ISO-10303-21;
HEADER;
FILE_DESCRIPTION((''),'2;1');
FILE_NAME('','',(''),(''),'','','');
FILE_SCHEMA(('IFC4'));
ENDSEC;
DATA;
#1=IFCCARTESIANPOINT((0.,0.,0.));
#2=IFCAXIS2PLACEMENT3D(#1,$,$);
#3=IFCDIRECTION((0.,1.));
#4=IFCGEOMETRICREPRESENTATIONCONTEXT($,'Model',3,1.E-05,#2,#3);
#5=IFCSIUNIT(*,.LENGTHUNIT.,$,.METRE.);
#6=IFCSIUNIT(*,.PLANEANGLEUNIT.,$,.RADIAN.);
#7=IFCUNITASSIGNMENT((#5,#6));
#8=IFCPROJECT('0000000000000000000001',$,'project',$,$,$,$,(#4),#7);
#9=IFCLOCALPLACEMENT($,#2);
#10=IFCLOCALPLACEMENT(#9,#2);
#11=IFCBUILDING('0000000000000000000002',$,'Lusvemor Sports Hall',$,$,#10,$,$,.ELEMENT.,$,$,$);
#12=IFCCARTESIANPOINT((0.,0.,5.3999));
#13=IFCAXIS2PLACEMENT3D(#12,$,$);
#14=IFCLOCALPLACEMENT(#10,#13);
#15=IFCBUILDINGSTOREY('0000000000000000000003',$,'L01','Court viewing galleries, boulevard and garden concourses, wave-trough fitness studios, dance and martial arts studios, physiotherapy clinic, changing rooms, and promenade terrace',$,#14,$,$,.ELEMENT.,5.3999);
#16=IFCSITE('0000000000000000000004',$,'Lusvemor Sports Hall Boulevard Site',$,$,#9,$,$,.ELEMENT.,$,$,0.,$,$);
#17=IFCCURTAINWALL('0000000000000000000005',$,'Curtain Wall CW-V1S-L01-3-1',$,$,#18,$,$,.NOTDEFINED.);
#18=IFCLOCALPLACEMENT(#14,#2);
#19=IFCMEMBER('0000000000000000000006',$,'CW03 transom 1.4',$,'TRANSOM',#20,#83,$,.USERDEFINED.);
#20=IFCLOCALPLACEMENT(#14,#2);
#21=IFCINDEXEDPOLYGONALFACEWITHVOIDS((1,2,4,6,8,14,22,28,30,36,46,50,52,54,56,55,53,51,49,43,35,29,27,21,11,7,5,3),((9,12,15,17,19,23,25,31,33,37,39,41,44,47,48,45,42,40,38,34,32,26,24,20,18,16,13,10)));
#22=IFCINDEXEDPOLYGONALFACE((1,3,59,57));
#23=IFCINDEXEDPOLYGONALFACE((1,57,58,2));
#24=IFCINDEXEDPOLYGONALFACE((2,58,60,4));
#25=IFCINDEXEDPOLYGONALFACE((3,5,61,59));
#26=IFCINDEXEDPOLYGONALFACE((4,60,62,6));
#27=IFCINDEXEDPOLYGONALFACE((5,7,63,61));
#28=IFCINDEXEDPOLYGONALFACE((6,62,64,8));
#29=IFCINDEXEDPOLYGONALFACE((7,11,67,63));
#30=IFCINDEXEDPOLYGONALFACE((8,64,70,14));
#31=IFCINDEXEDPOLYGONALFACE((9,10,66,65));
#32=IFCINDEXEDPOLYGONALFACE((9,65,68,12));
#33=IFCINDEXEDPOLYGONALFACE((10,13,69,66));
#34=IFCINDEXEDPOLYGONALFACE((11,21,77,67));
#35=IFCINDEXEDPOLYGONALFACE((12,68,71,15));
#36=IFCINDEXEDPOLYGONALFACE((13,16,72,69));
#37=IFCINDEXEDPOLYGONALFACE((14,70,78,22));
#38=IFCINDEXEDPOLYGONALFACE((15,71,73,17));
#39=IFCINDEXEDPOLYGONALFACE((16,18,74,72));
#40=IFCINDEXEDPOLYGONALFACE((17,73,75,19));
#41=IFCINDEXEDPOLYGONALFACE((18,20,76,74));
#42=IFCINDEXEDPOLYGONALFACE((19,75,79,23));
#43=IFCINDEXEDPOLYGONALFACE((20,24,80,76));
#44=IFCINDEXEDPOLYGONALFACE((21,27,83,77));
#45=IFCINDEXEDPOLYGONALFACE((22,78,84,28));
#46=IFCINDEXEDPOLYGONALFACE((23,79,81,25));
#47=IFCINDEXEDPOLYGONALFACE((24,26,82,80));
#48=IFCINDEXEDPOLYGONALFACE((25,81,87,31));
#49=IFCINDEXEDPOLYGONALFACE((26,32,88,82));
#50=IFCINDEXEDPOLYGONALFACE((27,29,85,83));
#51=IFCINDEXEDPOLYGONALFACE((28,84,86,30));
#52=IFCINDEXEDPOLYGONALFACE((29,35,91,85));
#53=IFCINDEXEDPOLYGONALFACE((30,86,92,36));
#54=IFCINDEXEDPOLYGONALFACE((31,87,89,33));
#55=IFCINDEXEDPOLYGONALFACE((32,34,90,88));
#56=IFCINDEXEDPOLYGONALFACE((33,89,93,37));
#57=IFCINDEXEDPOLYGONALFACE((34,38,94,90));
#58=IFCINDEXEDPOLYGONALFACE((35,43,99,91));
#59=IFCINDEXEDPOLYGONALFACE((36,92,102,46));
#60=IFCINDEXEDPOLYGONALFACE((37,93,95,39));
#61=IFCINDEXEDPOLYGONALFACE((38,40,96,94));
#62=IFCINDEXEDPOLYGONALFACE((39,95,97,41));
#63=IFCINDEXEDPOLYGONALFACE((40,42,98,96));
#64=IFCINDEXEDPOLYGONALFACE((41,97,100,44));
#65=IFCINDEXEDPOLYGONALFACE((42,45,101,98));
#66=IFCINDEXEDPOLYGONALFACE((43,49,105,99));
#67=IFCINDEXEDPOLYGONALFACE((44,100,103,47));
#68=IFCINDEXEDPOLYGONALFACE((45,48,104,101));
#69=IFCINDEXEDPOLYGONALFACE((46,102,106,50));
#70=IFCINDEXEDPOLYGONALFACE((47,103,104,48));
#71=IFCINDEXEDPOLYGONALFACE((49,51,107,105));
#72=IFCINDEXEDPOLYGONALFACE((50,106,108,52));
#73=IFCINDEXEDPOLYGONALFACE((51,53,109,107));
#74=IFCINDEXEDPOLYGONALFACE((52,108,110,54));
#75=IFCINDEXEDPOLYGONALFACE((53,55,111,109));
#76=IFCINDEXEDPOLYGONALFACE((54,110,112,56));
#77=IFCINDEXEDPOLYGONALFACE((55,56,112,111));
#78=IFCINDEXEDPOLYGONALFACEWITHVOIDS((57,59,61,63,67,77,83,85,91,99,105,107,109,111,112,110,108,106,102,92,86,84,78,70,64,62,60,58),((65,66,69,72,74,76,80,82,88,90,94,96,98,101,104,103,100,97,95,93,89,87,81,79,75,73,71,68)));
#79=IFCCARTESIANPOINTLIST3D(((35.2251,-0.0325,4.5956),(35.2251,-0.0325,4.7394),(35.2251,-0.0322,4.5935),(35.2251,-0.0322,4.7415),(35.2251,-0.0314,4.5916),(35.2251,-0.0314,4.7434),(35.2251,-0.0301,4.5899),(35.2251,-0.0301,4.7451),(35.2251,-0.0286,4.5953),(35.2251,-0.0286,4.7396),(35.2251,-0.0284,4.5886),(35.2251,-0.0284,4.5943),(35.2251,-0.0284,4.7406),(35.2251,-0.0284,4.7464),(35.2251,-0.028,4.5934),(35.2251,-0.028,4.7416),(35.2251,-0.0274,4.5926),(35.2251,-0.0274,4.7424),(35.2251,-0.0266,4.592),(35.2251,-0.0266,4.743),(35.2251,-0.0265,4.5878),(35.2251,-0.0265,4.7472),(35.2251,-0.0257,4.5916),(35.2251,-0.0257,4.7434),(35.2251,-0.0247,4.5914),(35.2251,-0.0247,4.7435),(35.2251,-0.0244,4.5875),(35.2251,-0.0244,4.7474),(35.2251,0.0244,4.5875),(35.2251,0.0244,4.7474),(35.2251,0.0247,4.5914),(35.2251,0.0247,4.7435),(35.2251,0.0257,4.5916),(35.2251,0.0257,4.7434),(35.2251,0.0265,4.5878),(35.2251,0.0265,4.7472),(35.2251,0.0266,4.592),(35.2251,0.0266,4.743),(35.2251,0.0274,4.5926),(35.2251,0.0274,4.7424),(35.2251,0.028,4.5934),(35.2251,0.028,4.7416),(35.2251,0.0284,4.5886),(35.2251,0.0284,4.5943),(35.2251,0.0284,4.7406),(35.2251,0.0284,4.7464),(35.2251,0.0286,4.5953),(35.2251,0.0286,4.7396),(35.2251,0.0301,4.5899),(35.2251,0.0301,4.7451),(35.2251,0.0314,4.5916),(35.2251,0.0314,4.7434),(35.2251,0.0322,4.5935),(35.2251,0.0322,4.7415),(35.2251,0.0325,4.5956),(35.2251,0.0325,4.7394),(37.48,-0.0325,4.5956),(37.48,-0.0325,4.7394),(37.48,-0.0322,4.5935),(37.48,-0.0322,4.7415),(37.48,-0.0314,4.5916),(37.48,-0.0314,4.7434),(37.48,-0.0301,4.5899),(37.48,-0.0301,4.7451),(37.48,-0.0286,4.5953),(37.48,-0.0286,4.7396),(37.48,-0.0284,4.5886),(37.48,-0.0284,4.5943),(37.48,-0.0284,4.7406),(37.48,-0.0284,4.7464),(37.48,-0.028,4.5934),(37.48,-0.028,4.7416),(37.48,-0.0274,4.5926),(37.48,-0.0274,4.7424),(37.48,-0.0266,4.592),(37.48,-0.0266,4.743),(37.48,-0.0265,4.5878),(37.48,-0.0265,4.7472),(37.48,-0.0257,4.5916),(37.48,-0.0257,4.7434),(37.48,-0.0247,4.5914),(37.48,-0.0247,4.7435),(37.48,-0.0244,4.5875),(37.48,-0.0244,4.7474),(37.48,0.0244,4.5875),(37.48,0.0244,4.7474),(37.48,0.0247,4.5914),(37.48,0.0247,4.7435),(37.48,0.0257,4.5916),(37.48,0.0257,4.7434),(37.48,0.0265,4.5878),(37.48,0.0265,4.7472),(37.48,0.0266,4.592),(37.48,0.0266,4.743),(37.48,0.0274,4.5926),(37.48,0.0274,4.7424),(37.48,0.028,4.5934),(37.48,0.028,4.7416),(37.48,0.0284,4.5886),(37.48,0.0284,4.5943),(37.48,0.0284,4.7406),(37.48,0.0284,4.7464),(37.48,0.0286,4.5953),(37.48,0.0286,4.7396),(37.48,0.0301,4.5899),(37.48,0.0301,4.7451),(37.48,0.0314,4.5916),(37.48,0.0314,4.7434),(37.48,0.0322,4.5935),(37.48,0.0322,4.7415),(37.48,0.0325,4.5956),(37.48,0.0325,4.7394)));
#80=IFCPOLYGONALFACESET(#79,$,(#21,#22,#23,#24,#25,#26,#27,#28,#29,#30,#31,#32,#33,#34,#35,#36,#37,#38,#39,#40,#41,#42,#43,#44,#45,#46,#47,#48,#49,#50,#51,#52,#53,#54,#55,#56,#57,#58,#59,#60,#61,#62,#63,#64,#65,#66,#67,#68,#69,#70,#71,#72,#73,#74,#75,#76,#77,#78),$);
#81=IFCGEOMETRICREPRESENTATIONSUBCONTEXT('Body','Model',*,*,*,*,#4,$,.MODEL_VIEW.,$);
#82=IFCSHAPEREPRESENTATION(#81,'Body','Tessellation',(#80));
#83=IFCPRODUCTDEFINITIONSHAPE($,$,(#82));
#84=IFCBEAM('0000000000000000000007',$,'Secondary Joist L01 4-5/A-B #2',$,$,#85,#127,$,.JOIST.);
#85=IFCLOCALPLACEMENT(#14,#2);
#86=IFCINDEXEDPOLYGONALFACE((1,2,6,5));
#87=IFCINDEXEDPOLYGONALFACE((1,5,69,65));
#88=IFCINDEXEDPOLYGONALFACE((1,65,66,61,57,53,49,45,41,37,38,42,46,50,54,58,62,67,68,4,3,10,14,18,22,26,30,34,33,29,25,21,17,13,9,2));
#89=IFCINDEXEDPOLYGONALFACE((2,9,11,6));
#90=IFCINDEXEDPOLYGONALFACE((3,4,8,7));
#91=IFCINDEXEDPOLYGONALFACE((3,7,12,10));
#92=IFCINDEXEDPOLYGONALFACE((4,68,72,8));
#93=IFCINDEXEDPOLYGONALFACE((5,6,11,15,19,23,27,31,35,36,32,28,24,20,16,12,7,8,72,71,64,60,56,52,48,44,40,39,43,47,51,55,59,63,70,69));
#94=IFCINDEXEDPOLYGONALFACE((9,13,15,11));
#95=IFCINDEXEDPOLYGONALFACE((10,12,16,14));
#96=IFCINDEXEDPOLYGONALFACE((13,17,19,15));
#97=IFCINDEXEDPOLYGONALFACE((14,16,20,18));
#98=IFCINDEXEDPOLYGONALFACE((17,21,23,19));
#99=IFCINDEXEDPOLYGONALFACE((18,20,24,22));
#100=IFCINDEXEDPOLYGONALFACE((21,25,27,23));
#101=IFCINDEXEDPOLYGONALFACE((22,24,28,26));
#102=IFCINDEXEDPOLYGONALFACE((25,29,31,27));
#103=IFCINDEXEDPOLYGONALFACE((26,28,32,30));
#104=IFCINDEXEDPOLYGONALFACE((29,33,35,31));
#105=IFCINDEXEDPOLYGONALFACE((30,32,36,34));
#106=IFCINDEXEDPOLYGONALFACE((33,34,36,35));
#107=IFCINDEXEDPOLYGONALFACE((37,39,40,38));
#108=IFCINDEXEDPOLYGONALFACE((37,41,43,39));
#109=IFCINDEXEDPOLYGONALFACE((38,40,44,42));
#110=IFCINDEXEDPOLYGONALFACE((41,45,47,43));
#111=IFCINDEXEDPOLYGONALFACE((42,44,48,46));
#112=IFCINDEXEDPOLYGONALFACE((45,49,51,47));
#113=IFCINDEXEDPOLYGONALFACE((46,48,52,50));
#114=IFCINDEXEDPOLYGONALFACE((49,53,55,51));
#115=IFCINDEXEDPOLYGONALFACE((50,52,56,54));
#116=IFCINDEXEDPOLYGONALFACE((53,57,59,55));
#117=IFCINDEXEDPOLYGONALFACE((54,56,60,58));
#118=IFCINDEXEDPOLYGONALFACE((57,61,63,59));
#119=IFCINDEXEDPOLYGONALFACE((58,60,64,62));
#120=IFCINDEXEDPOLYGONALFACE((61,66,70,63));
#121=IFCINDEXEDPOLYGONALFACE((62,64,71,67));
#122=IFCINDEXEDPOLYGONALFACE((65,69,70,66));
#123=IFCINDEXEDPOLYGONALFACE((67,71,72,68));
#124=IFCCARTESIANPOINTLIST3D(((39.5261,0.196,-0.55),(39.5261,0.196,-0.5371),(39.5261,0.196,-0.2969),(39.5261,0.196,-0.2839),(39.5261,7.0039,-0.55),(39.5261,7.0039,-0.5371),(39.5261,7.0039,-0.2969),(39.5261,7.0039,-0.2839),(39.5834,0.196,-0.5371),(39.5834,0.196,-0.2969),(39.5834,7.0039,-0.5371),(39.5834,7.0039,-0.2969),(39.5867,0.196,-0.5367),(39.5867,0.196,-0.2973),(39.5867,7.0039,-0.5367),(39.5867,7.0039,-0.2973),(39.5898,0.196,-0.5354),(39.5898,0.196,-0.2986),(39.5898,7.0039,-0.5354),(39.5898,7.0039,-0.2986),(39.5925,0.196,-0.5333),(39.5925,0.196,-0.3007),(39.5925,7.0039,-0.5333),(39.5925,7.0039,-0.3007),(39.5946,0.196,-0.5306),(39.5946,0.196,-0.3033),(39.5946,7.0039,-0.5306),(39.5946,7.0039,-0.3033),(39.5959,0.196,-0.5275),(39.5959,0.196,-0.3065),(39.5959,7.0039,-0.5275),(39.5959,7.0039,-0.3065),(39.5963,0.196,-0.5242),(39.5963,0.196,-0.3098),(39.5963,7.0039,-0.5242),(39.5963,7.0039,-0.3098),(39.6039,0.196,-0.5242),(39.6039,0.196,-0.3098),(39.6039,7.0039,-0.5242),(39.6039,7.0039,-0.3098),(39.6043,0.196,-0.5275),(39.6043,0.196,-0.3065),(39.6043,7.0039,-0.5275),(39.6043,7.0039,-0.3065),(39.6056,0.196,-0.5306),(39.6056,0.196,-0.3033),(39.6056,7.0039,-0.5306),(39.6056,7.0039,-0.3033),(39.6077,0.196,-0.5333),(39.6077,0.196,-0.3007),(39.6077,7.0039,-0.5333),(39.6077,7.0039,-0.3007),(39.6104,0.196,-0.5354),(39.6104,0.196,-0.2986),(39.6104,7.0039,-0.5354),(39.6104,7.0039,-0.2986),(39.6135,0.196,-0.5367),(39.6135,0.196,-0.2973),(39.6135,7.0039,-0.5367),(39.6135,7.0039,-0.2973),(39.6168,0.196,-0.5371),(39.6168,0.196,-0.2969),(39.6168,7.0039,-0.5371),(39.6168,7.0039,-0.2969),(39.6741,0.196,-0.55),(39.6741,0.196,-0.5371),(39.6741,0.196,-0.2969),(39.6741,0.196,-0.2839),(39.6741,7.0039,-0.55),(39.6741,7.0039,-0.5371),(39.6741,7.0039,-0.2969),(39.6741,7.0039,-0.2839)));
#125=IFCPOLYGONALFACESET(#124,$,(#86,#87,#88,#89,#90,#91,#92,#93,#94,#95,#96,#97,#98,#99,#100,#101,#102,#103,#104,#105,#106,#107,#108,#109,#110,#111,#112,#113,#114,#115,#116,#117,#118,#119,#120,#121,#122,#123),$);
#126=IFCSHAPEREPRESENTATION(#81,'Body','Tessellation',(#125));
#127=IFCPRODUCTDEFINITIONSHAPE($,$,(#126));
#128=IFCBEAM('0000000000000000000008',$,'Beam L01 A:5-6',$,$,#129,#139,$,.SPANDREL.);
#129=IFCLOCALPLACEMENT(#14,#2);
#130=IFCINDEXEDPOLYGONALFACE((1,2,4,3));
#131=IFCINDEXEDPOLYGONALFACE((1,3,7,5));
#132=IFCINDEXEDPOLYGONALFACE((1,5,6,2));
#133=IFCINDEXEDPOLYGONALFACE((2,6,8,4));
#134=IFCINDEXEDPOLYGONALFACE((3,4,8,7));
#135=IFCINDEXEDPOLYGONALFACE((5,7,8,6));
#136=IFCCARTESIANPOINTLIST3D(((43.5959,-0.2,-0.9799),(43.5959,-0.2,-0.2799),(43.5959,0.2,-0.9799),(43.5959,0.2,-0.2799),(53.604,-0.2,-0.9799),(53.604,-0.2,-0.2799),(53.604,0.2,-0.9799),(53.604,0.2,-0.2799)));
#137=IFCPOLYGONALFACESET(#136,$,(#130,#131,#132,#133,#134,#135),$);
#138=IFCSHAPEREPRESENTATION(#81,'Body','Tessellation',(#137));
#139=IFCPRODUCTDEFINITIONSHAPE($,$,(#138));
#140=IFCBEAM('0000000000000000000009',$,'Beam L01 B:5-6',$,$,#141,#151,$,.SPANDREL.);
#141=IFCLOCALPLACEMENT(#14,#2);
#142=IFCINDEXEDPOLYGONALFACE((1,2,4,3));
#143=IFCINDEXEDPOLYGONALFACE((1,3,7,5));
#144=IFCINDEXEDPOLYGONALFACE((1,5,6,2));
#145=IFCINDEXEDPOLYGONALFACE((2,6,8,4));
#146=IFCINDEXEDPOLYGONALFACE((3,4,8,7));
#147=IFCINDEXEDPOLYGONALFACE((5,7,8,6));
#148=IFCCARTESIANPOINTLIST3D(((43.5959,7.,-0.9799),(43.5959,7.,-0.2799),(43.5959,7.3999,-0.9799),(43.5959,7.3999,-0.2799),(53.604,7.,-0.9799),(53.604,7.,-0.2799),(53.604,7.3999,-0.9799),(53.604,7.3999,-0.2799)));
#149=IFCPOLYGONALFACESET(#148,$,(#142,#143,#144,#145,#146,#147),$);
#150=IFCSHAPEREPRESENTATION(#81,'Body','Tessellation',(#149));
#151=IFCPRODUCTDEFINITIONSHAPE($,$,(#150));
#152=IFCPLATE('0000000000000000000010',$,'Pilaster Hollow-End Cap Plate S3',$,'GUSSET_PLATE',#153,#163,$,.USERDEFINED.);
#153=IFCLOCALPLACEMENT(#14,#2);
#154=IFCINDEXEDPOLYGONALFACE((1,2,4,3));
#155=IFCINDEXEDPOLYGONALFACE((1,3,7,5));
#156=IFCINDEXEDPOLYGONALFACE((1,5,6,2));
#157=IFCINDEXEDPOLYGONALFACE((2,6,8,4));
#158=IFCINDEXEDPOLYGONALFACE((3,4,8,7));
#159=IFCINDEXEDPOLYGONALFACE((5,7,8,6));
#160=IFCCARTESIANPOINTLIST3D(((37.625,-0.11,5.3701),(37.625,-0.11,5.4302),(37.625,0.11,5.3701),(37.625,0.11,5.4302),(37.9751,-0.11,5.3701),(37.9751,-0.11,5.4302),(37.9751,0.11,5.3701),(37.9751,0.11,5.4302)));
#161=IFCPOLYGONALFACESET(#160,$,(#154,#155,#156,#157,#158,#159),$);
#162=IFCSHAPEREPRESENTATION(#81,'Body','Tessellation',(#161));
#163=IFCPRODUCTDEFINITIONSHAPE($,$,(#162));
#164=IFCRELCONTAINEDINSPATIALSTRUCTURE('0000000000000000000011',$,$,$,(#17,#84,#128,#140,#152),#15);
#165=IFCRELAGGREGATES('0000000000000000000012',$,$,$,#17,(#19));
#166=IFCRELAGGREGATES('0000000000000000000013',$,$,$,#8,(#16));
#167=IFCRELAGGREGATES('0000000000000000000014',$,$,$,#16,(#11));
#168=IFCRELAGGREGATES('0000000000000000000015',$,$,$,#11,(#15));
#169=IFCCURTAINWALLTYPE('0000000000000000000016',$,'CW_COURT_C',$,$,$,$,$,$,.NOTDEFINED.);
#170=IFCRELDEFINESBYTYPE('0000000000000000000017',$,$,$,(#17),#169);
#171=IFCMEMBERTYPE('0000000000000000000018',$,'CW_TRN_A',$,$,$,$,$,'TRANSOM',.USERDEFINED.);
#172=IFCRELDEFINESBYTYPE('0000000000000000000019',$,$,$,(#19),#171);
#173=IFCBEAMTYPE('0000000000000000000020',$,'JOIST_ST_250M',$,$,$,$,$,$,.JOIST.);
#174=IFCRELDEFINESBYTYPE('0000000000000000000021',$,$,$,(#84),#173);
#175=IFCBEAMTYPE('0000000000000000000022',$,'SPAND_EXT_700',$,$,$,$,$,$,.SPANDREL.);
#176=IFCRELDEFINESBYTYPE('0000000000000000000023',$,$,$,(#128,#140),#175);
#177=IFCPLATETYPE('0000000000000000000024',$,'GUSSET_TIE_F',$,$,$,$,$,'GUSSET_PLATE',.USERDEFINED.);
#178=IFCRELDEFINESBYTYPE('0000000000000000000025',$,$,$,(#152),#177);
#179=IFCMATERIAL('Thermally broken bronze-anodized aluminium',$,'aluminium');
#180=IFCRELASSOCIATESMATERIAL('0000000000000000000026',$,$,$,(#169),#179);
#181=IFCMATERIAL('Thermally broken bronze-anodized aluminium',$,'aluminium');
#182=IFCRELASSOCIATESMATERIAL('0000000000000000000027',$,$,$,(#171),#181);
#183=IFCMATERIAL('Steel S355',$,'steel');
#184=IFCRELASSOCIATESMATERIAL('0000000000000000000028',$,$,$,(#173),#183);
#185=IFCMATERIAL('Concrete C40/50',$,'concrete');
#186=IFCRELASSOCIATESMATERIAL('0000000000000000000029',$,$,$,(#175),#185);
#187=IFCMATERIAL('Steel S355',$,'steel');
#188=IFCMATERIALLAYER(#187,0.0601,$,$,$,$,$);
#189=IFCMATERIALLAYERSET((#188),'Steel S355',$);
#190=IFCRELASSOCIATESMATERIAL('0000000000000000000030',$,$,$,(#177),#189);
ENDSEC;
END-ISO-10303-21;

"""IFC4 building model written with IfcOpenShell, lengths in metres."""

from ifc_helpers import new_model, si_unit, direction, frame, origin, origin_2d, place, context, subcontext, project, spatial, rectangle, hollow_rectangle, i_section, extrude, material, layer, layer_set, material_profile, profile_set, type_object, element, aggregate, save


model = new_model("IFC4")

# Units and contexts
model_context = context("Model", 3, precision=1e-05, world=origin(), true_north=direction((0.0, 1.0)))
body_context = subcontext(model_context, "Body", "Model", "MODEL_VIEW")
ifc_project = project(units=[si_unit("LENGTHUNIT", "METRE"), si_unit("PLANEANGLEUNIT", "RADIAN")], contexts=[model_context])

# Site, building, storey
site_placement = place(None, origin())
site = spatial("IfcSite", under=ifc_project, at=site_placement, Name="Lusvemor Sports Hall Boulevard Site", CompositionType="ELEMENT", RefElevation=0.0)
building_placement = place(site_placement, origin())
building = spatial("IfcBuilding", under=site, at=building_placement, Name="Lusvemor Sports Hall", CompositionType="ELEMENT")
storey_placement = place(building_placement, frame((0.0, 0.0, 5.3999)))
storey = spatial("IfcBuildingStorey", under=building, at=storey_placement, Name="L01", Description="Court viewing galleries, boulevard and garden concourses, wave-trough fitness studios, dance and martial arts studios, physiotherapy clinic, changing rooms, and promenade terrace", CompositionType="ELEMENT", Elevation=5.3999)

# Curtain wall, member
ifc_material_1 = material(Name="Thermally broken bronze-anodized aluminium", Category="aluminium")
curtain_wall_type = type_object("IfcCurtainWallType", Name="CW_COURT_C", PredefinedType="NOTDEFINED", material=ifc_material_1)
curtain_wall_placement = place(storey_placement, origin())
curtain_wall = element("IfcCurtainWall", 1, at=curtain_wall_placement, inside=storey, type_object=curtain_wall_type, Name="Curtain Wall CW-V1S-L01-3-1", PredefinedType="NOTDEFINED")
ifc_material_2 = material(Name="Thermally broken bronze-anodized aluminium", Category="aluminium")
ifc_material_profile_1 = material_profile(ifc_material_2, hollow_rectangle(XDim=0.0649, YDim=0.1599, WallThickness=0.0039, InnerFilletRadius=0.0039, OuterFilletRadius=0.0081, at=origin_2d()), Name="CWTRN160x65x4")
ifc_profile_set_1 = profile_set([ifc_material_profile_1], Name="Thermally broken bronze-anodized aluminium")
member_type_1 = type_object("IfcMemberType", Name="CW_TRN_A", ElementType="TRANSOM", PredefinedType="USERDEFINED", material=ifc_profile_set_1)
member_1_placement = place(storey_placement, frame((37.48, 0.0, 4.6675), z_axis=(-1.0, 0.0, 0.0), x_axis=(0.0, -1.0, 0.0)))
member_1 = element("IfcMember", 2, at=member_1_placement, type_object=member_type_1, Name="CW03 transom 1.4", ObjectType="TRANSOM", PredefinedType="USERDEFINED", context=body_context, shape_type="SweptSolid", body=[
    extrude(hollow_rectangle(XDim=0.0649, YDim=0.1599, WallThickness=0.0039, InnerFilletRadius=0.0039, OuterFilletRadius=0.0081, at=origin_2d()), origin(), (0.0, 0.0, 1.0), 2.2549),
])
aggregate(curtain_wall, [member_1])

# Beams
ifc_material_3 = material(Name="Steel S355", Category="steel")
ifc_material_profile_2 = material_profile(ifc_material_3, i_section(OverallWidth=0.1479, OverallDepth=0.2661, WebThickness=0.0076, FlangeThickness=0.0129, FilletRadius=0.0129, at=origin_2d()), Name="W250x44.8")
ifc_profile_set_2 = profile_set([ifc_material_profile_2], Name="Steel S355")
beam_type_1 = type_object("IfcBeamType", Name="JOIST_ST_250M", PredefinedType="JOIST", material=ifc_profile_set_2)
beam_1_placement = place(storey_placement, frame((39.6001, 0.196, -0.417), z_axis=(0.0, 1.0, 0.0), x_axis=(-1.0, 0.0, 0.0)))
element("IfcBeam", 3, at=beam_1_placement, inside=storey, type_object=beam_type_1, Name="Secondary Joist L01 4-5/A-B #2", PredefinedType="JOIST", context=body_context, shape_type="SweptSolid", body=[
    extrude(i_section(OverallWidth=0.1479, OverallDepth=0.2661, WebThickness=0.0076, FlangeThickness=0.0129, FilletRadius=0.0129, at=origin_2d()), origin(), (0.0, 0.0, 1.0), 6.8079),
])
ifc_material_4 = material(Name="Concrete C40/50", Category="concrete")
ifc_material_profile_3 = material_profile(ifc_material_4, rectangle(XDim=0.3999, YDim=0.7, at=origin_2d()), Name="RC400x700")
ifc_profile_set_3 = profile_set([ifc_material_profile_3], Name="Concrete C40/50")
beam_type_2 = type_object("IfcBeamType", Name="SPAND_EXT_700", PredefinedType="SPANDREL", material=ifc_profile_set_3)
for number, where, z_axis, x_axis, name in (
    (4, (43.5959, 0.0, -0.6299), (1.0, 0.0, 0.0), (0.0, 1.0, 0.0), "Beam L01 A:5-6"),
    (5, (43.5959, 7.2, -0.6299), (1.0, 0.0, 0.0), (0.0, 1.0, 0.0), "Beam L01 B:5-6"),
):
    element("IfcBeam", number, at=place(storey_placement, frame(where, z_axis=z_axis, x_axis=x_axis)), inside=storey, type_object=beam_type_2, Name=name, PredefinedType="SPANDREL", context=body_context, shape_type="SweptSolid", body=[
        extrude(rectangle(XDim=0.3999, YDim=0.7, at=origin_2d()), origin(), (0.0, 0.0, 1.0), 10.0081),
    ])

# Plate
ifc_material_5 = material(Name="Steel S355", Category="steel")
ifc_layer_1 = layer(ifc_material_5, 0.0601)
ifc_layer_set_1 = layer_set([ifc_layer_1], Name="Steel S355")
plate_type = type_object("IfcPlateType", Name="GUSSET_TIE_F", ElementType="GUSSET_PLATE", PredefinedType="USERDEFINED", material=ifc_layer_set_1)
plate_placement = place(storey_placement, frame((37.8, 0.0, 5.3701), z_axis=(0.0, 0.0, 1.0), x_axis=(1.0, 0.0, 0.0)))
element("IfcPlate", 6, at=plate_placement, inside=storey, type_object=plate_type, Name="Pilaster Hollow-End Cap Plate S3", ObjectType="GUSSET_PLATE", PredefinedType="USERDEFINED", context=body_context, shape_type="SweptSolid", body=[
    extrude(rectangle(XDim=0.3501, YDim=0.22, at=origin_2d()), origin(), (0.0, 0.0, 1.0), 0.0601),
])

save(model, "model.ifc")
